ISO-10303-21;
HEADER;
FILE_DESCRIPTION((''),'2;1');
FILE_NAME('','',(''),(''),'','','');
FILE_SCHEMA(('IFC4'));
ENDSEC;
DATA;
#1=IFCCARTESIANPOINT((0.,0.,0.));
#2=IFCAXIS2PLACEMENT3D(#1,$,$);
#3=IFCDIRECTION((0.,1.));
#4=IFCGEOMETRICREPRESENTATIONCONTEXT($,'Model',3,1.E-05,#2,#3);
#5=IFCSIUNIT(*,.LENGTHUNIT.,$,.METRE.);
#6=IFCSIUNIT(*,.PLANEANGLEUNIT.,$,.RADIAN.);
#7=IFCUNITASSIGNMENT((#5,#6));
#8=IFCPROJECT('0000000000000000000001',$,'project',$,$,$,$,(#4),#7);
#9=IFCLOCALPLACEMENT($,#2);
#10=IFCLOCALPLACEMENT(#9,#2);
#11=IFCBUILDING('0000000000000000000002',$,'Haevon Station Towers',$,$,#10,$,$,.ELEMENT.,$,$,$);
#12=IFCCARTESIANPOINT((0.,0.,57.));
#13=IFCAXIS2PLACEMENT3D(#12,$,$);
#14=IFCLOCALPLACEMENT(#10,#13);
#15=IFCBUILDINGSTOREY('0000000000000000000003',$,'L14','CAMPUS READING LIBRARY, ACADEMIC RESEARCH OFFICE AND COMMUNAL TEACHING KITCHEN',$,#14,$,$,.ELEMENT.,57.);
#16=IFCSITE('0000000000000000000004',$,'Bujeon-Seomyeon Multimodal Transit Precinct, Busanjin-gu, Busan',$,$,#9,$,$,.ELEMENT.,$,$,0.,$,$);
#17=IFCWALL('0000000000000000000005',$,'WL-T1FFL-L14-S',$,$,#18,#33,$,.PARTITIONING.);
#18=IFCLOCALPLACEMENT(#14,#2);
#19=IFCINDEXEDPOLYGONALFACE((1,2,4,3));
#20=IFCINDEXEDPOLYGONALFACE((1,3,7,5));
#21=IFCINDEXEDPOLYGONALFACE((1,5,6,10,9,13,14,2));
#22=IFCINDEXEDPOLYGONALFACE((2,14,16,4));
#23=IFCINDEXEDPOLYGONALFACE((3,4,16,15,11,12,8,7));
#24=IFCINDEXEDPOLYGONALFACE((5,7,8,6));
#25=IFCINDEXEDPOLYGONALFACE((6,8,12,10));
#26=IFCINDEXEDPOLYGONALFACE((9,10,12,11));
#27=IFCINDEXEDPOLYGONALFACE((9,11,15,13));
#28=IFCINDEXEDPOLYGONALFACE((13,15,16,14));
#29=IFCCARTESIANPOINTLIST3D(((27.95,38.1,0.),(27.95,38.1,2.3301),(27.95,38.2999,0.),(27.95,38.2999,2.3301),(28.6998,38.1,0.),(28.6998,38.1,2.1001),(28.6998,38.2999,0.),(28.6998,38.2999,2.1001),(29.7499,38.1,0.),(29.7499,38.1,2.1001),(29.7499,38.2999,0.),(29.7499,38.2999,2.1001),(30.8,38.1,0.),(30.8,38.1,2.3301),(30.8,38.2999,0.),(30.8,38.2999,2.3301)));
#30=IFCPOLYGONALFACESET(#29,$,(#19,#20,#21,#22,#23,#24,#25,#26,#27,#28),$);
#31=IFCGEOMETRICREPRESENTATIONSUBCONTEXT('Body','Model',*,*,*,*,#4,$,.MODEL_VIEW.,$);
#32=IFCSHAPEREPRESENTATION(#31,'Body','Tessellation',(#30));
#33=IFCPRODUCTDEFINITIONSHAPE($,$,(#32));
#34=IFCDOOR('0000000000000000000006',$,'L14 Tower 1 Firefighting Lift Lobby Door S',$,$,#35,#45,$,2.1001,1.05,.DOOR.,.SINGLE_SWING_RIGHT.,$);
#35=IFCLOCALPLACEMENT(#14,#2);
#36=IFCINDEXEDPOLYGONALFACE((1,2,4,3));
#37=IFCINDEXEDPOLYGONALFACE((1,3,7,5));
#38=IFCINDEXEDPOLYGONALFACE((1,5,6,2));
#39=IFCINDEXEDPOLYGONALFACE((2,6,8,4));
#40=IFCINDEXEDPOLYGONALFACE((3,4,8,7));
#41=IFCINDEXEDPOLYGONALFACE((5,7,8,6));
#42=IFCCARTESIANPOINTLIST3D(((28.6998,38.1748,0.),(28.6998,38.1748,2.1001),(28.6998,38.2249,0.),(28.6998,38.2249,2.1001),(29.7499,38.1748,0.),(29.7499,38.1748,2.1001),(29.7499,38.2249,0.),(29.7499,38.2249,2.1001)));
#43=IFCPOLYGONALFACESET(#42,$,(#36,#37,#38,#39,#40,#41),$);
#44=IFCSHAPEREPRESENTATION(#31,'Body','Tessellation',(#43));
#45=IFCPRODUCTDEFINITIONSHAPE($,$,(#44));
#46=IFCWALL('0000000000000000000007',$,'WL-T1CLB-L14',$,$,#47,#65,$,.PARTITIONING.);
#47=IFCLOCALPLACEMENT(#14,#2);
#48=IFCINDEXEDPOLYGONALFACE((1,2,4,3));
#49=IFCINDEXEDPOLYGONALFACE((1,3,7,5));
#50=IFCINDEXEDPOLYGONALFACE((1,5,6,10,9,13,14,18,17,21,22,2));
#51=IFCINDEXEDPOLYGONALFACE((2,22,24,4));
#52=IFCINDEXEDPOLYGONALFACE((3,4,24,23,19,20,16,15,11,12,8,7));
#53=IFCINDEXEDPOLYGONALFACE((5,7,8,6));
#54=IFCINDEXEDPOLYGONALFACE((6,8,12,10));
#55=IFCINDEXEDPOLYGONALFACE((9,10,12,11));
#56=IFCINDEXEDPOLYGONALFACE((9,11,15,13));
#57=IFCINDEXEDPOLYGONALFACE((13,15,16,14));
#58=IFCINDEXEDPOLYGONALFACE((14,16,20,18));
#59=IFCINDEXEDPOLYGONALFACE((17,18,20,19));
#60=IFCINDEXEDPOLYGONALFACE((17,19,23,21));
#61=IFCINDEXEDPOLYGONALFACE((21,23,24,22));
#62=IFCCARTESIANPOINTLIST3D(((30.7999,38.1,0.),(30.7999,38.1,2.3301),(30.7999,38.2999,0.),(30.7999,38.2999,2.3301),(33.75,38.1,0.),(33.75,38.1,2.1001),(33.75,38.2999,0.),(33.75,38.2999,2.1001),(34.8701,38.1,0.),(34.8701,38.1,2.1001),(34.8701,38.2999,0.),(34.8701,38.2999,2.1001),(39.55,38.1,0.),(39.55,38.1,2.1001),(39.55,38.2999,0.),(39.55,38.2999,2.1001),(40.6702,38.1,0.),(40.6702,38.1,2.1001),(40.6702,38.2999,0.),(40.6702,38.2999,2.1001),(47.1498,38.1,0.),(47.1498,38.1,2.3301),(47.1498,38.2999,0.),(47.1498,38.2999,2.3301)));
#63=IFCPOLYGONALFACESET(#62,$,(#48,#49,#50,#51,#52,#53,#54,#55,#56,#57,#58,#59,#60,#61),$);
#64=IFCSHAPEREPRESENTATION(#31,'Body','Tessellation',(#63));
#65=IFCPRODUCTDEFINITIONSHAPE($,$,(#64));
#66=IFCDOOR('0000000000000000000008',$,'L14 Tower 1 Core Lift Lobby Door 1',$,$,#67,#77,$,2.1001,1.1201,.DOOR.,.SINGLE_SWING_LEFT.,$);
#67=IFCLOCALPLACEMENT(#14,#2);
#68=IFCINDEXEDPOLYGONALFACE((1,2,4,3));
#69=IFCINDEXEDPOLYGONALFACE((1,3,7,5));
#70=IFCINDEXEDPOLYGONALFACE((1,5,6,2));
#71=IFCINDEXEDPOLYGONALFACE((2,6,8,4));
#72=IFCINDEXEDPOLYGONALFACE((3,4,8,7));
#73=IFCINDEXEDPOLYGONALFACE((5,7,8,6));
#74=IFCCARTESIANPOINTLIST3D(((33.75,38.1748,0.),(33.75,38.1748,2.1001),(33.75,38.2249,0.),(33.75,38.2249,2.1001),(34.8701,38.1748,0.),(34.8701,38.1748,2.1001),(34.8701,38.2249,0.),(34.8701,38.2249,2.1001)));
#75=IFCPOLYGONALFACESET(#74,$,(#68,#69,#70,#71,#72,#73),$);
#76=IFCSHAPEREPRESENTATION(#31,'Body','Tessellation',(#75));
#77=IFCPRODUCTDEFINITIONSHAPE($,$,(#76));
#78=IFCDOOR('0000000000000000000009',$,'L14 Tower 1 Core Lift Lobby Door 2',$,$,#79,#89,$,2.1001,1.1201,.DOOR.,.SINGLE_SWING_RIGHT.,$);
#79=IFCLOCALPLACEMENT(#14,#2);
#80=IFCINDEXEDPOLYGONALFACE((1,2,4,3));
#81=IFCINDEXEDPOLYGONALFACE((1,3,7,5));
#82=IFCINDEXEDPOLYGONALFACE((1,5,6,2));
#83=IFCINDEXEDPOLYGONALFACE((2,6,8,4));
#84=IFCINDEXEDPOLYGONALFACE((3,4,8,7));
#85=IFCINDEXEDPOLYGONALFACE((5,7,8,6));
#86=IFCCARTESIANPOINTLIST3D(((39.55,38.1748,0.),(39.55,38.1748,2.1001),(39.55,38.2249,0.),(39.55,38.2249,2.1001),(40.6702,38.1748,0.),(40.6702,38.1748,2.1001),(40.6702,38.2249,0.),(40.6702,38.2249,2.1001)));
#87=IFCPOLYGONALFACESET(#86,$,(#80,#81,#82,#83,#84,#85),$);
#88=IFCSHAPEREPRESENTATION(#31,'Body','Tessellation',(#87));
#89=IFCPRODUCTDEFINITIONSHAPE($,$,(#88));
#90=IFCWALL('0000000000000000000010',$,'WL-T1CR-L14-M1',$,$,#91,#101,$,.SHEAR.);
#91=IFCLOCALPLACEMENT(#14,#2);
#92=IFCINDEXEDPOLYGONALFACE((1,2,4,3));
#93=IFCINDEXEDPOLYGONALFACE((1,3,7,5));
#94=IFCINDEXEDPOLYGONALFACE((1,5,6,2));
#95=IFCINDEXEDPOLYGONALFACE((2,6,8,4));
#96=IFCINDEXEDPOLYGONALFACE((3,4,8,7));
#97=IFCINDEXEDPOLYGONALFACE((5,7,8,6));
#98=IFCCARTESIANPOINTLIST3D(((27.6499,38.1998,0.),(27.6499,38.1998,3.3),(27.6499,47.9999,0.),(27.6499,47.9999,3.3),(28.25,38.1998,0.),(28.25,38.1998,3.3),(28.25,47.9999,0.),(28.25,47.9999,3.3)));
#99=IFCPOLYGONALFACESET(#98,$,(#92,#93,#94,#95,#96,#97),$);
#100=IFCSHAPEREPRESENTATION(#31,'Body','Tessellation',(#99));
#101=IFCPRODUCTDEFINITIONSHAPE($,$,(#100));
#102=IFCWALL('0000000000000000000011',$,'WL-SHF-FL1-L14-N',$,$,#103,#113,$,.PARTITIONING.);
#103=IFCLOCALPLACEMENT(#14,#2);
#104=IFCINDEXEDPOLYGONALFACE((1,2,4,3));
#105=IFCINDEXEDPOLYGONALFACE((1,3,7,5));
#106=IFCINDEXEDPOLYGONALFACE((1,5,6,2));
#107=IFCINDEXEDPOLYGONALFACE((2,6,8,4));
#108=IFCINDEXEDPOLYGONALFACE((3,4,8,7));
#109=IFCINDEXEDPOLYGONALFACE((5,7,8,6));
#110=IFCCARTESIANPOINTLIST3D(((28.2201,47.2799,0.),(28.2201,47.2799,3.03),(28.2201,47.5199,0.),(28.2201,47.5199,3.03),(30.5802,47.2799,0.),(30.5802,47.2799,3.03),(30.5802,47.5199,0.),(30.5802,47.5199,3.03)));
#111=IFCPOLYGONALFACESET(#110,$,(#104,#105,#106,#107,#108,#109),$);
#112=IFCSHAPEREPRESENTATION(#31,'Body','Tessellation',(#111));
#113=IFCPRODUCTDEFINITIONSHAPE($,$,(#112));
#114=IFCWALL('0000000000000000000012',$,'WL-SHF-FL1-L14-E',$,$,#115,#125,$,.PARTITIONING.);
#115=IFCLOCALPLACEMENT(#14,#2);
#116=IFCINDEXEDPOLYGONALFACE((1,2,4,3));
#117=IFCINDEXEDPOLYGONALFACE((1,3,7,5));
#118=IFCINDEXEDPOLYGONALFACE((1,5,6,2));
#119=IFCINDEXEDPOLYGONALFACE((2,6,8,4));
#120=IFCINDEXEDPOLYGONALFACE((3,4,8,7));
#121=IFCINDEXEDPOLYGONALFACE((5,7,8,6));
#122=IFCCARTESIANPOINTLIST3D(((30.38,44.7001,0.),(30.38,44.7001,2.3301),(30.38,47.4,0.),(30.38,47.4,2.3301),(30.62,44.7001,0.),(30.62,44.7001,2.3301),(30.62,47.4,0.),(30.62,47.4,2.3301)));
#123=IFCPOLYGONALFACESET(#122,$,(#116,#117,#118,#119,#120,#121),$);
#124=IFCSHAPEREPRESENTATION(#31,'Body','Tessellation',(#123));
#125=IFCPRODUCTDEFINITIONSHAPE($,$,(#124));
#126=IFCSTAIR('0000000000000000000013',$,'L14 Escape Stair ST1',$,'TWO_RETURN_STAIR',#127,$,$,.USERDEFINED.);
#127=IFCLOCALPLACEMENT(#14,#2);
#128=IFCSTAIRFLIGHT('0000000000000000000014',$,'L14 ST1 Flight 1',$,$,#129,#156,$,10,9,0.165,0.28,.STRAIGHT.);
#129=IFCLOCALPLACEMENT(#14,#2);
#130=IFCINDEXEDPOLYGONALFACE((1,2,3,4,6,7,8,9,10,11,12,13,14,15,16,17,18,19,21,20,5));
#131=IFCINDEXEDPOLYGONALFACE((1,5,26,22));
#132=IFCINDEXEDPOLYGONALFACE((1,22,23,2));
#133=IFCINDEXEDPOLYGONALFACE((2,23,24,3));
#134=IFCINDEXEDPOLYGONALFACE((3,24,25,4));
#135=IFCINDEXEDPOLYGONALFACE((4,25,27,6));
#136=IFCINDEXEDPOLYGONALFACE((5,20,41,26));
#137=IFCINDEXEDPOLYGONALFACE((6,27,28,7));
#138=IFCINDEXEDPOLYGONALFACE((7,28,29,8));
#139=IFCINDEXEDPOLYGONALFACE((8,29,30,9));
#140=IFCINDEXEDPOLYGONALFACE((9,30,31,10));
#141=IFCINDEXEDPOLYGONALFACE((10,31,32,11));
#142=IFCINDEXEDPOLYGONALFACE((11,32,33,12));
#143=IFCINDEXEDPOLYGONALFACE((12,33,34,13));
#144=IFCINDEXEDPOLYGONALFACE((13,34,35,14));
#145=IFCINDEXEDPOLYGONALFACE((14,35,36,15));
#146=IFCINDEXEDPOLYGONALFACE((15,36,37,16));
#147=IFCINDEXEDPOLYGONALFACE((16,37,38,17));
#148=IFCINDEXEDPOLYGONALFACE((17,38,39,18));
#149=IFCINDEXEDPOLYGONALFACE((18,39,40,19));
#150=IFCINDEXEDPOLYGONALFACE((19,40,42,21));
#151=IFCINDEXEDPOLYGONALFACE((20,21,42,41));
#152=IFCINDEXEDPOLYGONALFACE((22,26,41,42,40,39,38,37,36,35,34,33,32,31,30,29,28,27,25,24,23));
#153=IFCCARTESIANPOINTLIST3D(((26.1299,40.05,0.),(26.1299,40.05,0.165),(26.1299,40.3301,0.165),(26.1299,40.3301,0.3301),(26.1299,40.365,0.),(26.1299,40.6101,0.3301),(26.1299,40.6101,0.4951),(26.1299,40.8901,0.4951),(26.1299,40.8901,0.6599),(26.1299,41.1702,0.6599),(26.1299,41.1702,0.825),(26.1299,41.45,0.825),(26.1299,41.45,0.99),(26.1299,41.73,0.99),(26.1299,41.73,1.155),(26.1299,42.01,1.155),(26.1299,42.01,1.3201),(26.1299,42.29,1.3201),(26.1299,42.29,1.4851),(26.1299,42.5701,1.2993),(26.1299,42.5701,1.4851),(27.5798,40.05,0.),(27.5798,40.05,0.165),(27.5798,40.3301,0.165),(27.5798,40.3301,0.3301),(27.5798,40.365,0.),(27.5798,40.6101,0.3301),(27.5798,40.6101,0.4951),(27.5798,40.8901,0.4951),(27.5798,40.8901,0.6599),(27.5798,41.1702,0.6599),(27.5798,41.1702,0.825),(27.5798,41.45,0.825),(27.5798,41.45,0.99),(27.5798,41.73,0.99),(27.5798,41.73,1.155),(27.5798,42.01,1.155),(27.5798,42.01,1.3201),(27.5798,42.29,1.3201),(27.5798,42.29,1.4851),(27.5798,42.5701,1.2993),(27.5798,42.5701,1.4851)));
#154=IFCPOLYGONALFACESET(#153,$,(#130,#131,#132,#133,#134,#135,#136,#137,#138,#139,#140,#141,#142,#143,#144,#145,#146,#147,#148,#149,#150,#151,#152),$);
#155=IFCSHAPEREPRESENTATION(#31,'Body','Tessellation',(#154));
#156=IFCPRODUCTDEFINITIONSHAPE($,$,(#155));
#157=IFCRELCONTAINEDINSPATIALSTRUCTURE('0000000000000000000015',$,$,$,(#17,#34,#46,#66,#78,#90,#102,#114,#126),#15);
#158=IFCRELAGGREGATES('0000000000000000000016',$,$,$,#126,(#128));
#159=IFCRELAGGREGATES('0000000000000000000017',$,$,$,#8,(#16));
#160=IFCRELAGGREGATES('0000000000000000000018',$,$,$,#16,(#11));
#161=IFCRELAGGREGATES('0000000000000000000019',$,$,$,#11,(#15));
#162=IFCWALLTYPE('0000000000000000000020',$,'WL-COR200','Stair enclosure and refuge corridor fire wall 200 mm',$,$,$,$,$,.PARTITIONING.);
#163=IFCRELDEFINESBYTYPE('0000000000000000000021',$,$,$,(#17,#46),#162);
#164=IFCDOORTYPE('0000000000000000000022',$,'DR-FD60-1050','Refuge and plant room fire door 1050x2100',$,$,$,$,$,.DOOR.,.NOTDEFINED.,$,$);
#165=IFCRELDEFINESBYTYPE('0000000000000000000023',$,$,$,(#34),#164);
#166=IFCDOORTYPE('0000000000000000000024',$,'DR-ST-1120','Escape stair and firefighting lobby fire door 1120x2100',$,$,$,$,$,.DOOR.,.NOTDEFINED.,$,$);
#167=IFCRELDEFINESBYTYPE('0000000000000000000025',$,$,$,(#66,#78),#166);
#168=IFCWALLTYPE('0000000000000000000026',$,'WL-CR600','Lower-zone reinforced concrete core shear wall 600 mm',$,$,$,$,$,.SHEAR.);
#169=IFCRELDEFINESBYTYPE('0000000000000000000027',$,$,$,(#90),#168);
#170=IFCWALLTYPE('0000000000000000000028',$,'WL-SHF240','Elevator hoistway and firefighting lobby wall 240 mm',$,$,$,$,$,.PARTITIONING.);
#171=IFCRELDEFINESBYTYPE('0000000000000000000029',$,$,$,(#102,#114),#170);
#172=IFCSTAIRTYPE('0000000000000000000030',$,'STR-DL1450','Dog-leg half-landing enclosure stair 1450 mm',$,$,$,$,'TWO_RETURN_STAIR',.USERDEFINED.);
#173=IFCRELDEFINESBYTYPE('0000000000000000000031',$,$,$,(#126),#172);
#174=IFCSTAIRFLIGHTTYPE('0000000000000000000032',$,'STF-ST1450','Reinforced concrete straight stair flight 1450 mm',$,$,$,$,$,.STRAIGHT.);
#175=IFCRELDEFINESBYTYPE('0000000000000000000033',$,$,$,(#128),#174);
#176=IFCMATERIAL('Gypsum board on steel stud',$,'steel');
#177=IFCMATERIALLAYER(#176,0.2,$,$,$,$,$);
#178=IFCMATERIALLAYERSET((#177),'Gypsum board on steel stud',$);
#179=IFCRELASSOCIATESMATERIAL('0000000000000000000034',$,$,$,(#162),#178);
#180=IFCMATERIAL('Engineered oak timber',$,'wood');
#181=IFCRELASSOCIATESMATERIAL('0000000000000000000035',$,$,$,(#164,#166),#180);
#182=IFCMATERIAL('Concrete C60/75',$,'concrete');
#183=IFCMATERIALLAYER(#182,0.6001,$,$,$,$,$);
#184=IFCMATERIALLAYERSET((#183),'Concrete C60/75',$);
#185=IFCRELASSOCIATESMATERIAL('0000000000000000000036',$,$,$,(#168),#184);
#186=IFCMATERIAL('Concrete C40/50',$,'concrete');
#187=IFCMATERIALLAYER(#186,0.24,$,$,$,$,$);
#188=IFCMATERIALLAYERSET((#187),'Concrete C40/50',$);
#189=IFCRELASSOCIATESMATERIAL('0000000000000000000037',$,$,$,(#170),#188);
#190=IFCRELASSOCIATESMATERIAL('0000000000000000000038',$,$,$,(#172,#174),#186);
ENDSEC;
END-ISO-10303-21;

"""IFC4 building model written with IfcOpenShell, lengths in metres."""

from ifc_helpers import new_model, si_unit, direction, frame, frame_2d, origin, place, context, subcontext, project, spatial, polyline, rectangle, outline, extrude, material, layer, layer_set, type_object, element, fill, aggregate, save


model = new_model("IFC4")

# Units and contexts
model_context = context("Model", 3, precision=1e-05, world=origin(), true_north=direction((0.0, 1.0)))
body_context = subcontext(model_context, "Body", "Model", "MODEL_VIEW")
ifc_project = project(units=[si_unit("LENGTHUNIT", "METRE"), si_unit("PLANEANGLEUNIT", "RADIAN")], contexts=[model_context])

# Site, building, storey
site_placement = place(None, origin())
site = spatial("IfcSite", under=ifc_project, at=site_placement, Name="Bujeon-Seomyeon Multimodal Transit Precinct, Busanjin-gu, Busan", CompositionType="ELEMENT", RefElevation=0.0)
building_placement = place(site_placement, origin())
building = spatial("IfcBuilding", under=site, at=building_placement, Name="Haevon Station Towers", CompositionType="ELEMENT")
storey_placement = place(building_placement, frame((0.0, 0.0, 57.0)))
storey = spatial("IfcBuildingStorey", under=building, at=storey_placement, Name="L14", Description="CAMPUS READING LIBRARY, ACADEMIC RESEARCH OFFICE AND COMMUNAL TEACHING KITCHEN", CompositionType="ELEMENT", Elevation=57.0)

# Wall, opening, door
ifc_material_1 = material(Name="Gypsum board on steel stud", Category="steel")
ifc_layer_1 = layer(ifc_material_1, 0.2)
ifc_layer_set_1 = layer_set([ifc_layer_1], Name="Gypsum board on steel stud")
wall_type_1 = type_object("IfcWallType", Name="WL-COR200", Description="Stair enclosure and refuge corridor fire wall 200 mm", PredefinedType="PARTITIONING", material=ifc_layer_set_1)
ifc_material_2 = material(Name="Engineered oak timber", Category="wood")
door_type_1 = type_object("IfcDoorType", Name="DR-FD60-1050", Description="Refuge and plant room fire door 1050x2100", OperationType="NOTDEFINED", PredefinedType="DOOR", material=ifc_material_2)
wall_1_placement = place(storey_placement, frame((27.95, 38.2, 0.0), z_axis=(0.0, 0.0, 1.0), x_axis=(1.0, 0.0, 0.0)))
wall_1 = element("IfcWall", 1, at=wall_1_placement, inside=storey, type_object=wall_type_1, Name="WL-T1FFL-L14-S", PredefinedType="PARTITIONING", context=body_context, shape_type="SweptSolid", body=[
    extrude(rectangle(XDim=2.8501, YDim=0.2, at=frame_2d((1.425, 0.0))), origin(), (0.0, 0.0, 1.0), 2.3301),
])
opening_1_placement = place(wall_1_placement, frame((0.75, 0.0, 0.0)))
opening_1 = element("IfcOpeningElement", 2, at=opening_1_placement, cuts=wall_1, PredefinedType="OPENING", context=body_context, shape_type="SweptSolid", body=[
    extrude(rectangle(XDim=1.05, YDim=2.1001, at=frame_2d((0.5249, 1.05))), frame((0.0, 0.1099, 0.0), z_axis=(0.0, -1.0, 0.0), x_axis=(1.0, 0.0, 0.0)), (0.0, 0.0, 1.0), 0.22),
])
door_1_placement = place(opening_1_placement, origin())
door_1 = element("IfcDoor", 3, at=door_1_placement, inside=storey, type_object=door_type_1, Name="L14 Tower 1 Firefighting Lift Lobby Door S", OperationType="SINGLE_SWING_RIGHT", OverallHeight=2.1001, OverallWidth=1.05, PredefinedType="DOOR", context=body_context, shape_type="SweptSolid", body=[
    extrude(rectangle(XDim=1.05, YDim=2.1001, at=frame_2d((0.5249, 1.05))), frame((0.0, 0.0249, 0.0), z_axis=(0.0, -1.0, 0.0), x_axis=(1.0, 0.0, 0.0)), (0.0, 0.0, 1.0), 0.05),
])
fill(opening_1, door_1)

# Wall, openings, doors
wall_2_placement = place(storey_placement, frame((30.8, 38.2, 0.0), z_axis=(0.0, 0.0, 1.0), x_axis=(1.0, 0.0, 0.0)))
wall_2 = element("IfcWall", 4, at=wall_2_placement, inside=storey, type_object=wall_type_1, Name="WL-T1CLB-L14", PredefinedType="PARTITIONING", context=body_context, shape_type="SweptSolid", body=[
    extrude(rectangle(XDim=16.3499, YDim=0.2, at=frame_2d((8.1748, 0.0))), origin(), (0.0, 0.0, 1.0), 2.3301),
])
opening_2_placement = place(wall_2_placement, frame((2.95, 0.0, 0.0)))
opening_2 = element("IfcOpeningElement", 5, at=opening_2_placement, cuts=wall_2, PredefinedType="OPENING", context=body_context, shape_type="SweptSolid", body=[
    extrude(rectangle(XDim=1.1201, YDim=2.1001, at=frame_2d((0.5601, 1.05))), frame((0.0, 0.1099, 0.0), z_axis=(0.0, -1.0, 0.0), x_axis=(1.0, 0.0, 0.0)), (0.0, 0.0, 1.0), 0.22),
])
opening_3_placement = place(wall_2_placement, frame((8.75, 0.0, 0.0)))
opening_3 = element("IfcOpeningElement", 6, at=opening_3_placement, cuts=wall_2, PredefinedType="OPENING", context=body_context, shape_type="SweptSolid", body=[
    extrude(rectangle(XDim=1.1201, YDim=2.1001, at=frame_2d((0.5601, 1.05))), frame((0.0, 0.1099, 0.0), z_axis=(0.0, -1.0, 0.0), x_axis=(1.0, 0.0, 0.0)), (0.0, 0.0, 1.0), 0.22),
])
door_type_2 = type_object("IfcDoorType", Name="DR-ST-1120", Description="Escape stair and firefighting lobby fire door 1120x2100", OperationType="NOTDEFINED", PredefinedType="DOOR", material=ifc_material_2)
door_2_placement = place(opening_2_placement, origin())
door_2 = element("IfcDoor", 7, at=door_2_placement, inside=storey, type_object=door_type_2, Name="L14 Tower 1 Core Lift Lobby Door 1", OperationType="SINGLE_SWING_LEFT", OverallHeight=2.1001, OverallWidth=1.1201, PredefinedType="DOOR", context=body_context, shape_type="SweptSolid", body=[
    extrude(rectangle(XDim=1.1201, YDim=2.1001, at=frame_2d((0.5601, 1.05))), frame((0.0, 0.0249, 0.0), z_axis=(0.0, -1.0, 0.0), x_axis=(1.0, 0.0, 0.0)), (0.0, 0.0, 1.0), 0.05),
])
fill(opening_2, door_2)
door_3_placement = place(opening_3_placement, origin())
door_3 = element("IfcDoor", 8, at=door_3_placement, inside=storey, type_object=door_type_2, Name="L14 Tower 1 Core Lift Lobby Door 2", OperationType="SINGLE_SWING_RIGHT", OverallHeight=2.1001, OverallWidth=1.1201, PredefinedType="DOOR", context=body_context, shape_type="SweptSolid", body=[
    extrude(rectangle(XDim=1.1201, YDim=2.1001, at=frame_2d((0.5601, 1.05))), frame((0.0, 0.0249, 0.0), z_axis=(0.0, -1.0, 0.0), x_axis=(1.0, 0.0, 0.0)), (0.0, 0.0, 1.0), 0.05),
])
fill(opening_3, door_3)

# Wall
ifc_material_3 = material(Name="Concrete C60/75", Category="concrete")
ifc_layer_2 = layer(ifc_material_3, 0.6001)
ifc_layer_set_2 = layer_set([ifc_layer_2], Name="Concrete C60/75")
wall_type_2 = type_object("IfcWallType", Name="WL-CR600", Description="Lower-zone reinforced concrete core shear wall 600 mm", PredefinedType="SHEAR", material=ifc_layer_set_2)
wall_3_placement = place(storey_placement, frame((27.95, 38.2, 0.0), z_axis=(0.0, 0.0, 1.0), x_axis=(0.0, 1.0, 0.0)))
element("IfcWall", 9, at=wall_3_placement, inside=storey, type_object=wall_type_2, Name="WL-T1CR-L14-M1", PredefinedType="SHEAR", context=body_context, shape_type="SweptSolid", body=[
    extrude(rectangle(XDim=9.8, YDim=0.6001, at=frame_2d((4.8999, 0.0))), origin(), (0.0, 0.0, 1.0), 3.3),
])

# Shared definitions
ifc_material_4 = material(Name="Concrete C40/50", Category="concrete")
ifc_layer_3 = layer(ifc_material_4, 0.24)
ifc_layer_set_3 = layer_set([ifc_layer_3], Name="Concrete C40/50")
wall_type_3 = type_object("IfcWallType", Name="WL-SHF240", Description="Elevator hoistway and firefighting lobby wall 240 mm", PredefinedType="PARTITIONING", material=ifc_layer_set_3)

# Walls
wall_4_placement = place(storey_placement, frame((28.22, 47.3999, 0.0), z_axis=(0.0, 0.0, 1.0), x_axis=(1.0, 0.0, 0.0)))
element("IfcWall", 10, at=wall_4_placement, inside=storey, type_object=wall_type_3, Name="WL-SHF-FL1-L14-N", PredefinedType="PARTITIONING", context=body_context, shape_type="SweptSolid", body=[
    extrude(rectangle(XDim=2.3601, YDim=0.24, at=frame_2d((1.1802, 0.0))), origin(), (0.0, 0.0, 1.0), 3.03),
])
wall_5_placement = place(storey_placement, frame((30.5, 44.7, 0.0), z_axis=(0.0, 0.0, 1.0), x_axis=(0.0, 1.0, 0.0)))
element("IfcWall", 11, at=wall_5_placement, inside=storey, type_object=wall_type_3, Name="WL-SHF-FL1-L14-E", PredefinedType="PARTITIONING", context=body_context, shape_type="SweptSolid", body=[
    extrude(rectangle(XDim=2.7, YDim=0.24, at=frame_2d((1.3501, 0.0))), origin(), (0.0, 0.0, 1.0), 2.3301),
])

# Stair, stair flight
stair_type = type_object("IfcStairType", Name="STR-DL1450", Description="Dog-leg half-landing enclosure stair 1450 mm", ElementType="TWO_RETURN_STAIR", PredefinedType="USERDEFINED", material=ifc_material_4)
stair_placement = place(storey_placement, origin())
stair = element("IfcStair", 12, at=stair_placement, inside=storey, type_object=stair_type, Name="L14 Escape Stair ST1", ObjectType="TWO_RETURN_STAIR", PredefinedType="USERDEFINED")
stair_flight_type = type_object("IfcStairFlightType", Name="STF-ST1450", Description="Reinforced concrete straight stair flight 1450 mm", PredefinedType="STRAIGHT", material=ifc_material_4)
stair_flight_1_placement = place(storey_placement, frame((26.855, 40.05, 0.0), z_axis=(0.0, 0.0, 1.0), x_axis=(0.0, 1.0, 0.0)))
stair_flight_1 = element("IfcStairFlight", 13, at=stair_flight_1_placement, type_object=stair_flight_type, Name="L14 ST1 Flight 1", NumberOfRisers=10, NumberOfTreads=9, PredefinedType="STRAIGHT", RiserHeight=0.165, TreadLength=0.28, context=body_context, shape_type="SweptSolid", body=[
    extrude(outline(polyline([(0.0, 0.0), (0.0, 0.165), (0.28, 0.165), (0.28, 0.3301), (0.5601, 0.3301), (0.5601, 0.4951), (0.8401, 0.4951), (0.8401, 0.6599), (1.1201, 0.6599), (1.1201, 0.825), (1.3999, 0.825), (1.3999, 0.99), (1.6799, 0.99), (1.6799, 1.155), (1.96, 1.155), (1.96, 1.3201), (2.24, 1.3201), (2.24, 1.4851), (2.52, 1.4851), (2.52, 1.6499), (2.52, 1.2993), (0.3149, 0.0), (0.0, 0.0)])), frame((0.0, 0.7251, 0.0), z_axis=(0.0, -1.0, 0.0), x_axis=(1.0, 0.0, 0.0)), (0.0, 0.0, 1.0), 1.45),
])
aggregate(stair, [stair_flight_1])

save(model, "model.ifc")
